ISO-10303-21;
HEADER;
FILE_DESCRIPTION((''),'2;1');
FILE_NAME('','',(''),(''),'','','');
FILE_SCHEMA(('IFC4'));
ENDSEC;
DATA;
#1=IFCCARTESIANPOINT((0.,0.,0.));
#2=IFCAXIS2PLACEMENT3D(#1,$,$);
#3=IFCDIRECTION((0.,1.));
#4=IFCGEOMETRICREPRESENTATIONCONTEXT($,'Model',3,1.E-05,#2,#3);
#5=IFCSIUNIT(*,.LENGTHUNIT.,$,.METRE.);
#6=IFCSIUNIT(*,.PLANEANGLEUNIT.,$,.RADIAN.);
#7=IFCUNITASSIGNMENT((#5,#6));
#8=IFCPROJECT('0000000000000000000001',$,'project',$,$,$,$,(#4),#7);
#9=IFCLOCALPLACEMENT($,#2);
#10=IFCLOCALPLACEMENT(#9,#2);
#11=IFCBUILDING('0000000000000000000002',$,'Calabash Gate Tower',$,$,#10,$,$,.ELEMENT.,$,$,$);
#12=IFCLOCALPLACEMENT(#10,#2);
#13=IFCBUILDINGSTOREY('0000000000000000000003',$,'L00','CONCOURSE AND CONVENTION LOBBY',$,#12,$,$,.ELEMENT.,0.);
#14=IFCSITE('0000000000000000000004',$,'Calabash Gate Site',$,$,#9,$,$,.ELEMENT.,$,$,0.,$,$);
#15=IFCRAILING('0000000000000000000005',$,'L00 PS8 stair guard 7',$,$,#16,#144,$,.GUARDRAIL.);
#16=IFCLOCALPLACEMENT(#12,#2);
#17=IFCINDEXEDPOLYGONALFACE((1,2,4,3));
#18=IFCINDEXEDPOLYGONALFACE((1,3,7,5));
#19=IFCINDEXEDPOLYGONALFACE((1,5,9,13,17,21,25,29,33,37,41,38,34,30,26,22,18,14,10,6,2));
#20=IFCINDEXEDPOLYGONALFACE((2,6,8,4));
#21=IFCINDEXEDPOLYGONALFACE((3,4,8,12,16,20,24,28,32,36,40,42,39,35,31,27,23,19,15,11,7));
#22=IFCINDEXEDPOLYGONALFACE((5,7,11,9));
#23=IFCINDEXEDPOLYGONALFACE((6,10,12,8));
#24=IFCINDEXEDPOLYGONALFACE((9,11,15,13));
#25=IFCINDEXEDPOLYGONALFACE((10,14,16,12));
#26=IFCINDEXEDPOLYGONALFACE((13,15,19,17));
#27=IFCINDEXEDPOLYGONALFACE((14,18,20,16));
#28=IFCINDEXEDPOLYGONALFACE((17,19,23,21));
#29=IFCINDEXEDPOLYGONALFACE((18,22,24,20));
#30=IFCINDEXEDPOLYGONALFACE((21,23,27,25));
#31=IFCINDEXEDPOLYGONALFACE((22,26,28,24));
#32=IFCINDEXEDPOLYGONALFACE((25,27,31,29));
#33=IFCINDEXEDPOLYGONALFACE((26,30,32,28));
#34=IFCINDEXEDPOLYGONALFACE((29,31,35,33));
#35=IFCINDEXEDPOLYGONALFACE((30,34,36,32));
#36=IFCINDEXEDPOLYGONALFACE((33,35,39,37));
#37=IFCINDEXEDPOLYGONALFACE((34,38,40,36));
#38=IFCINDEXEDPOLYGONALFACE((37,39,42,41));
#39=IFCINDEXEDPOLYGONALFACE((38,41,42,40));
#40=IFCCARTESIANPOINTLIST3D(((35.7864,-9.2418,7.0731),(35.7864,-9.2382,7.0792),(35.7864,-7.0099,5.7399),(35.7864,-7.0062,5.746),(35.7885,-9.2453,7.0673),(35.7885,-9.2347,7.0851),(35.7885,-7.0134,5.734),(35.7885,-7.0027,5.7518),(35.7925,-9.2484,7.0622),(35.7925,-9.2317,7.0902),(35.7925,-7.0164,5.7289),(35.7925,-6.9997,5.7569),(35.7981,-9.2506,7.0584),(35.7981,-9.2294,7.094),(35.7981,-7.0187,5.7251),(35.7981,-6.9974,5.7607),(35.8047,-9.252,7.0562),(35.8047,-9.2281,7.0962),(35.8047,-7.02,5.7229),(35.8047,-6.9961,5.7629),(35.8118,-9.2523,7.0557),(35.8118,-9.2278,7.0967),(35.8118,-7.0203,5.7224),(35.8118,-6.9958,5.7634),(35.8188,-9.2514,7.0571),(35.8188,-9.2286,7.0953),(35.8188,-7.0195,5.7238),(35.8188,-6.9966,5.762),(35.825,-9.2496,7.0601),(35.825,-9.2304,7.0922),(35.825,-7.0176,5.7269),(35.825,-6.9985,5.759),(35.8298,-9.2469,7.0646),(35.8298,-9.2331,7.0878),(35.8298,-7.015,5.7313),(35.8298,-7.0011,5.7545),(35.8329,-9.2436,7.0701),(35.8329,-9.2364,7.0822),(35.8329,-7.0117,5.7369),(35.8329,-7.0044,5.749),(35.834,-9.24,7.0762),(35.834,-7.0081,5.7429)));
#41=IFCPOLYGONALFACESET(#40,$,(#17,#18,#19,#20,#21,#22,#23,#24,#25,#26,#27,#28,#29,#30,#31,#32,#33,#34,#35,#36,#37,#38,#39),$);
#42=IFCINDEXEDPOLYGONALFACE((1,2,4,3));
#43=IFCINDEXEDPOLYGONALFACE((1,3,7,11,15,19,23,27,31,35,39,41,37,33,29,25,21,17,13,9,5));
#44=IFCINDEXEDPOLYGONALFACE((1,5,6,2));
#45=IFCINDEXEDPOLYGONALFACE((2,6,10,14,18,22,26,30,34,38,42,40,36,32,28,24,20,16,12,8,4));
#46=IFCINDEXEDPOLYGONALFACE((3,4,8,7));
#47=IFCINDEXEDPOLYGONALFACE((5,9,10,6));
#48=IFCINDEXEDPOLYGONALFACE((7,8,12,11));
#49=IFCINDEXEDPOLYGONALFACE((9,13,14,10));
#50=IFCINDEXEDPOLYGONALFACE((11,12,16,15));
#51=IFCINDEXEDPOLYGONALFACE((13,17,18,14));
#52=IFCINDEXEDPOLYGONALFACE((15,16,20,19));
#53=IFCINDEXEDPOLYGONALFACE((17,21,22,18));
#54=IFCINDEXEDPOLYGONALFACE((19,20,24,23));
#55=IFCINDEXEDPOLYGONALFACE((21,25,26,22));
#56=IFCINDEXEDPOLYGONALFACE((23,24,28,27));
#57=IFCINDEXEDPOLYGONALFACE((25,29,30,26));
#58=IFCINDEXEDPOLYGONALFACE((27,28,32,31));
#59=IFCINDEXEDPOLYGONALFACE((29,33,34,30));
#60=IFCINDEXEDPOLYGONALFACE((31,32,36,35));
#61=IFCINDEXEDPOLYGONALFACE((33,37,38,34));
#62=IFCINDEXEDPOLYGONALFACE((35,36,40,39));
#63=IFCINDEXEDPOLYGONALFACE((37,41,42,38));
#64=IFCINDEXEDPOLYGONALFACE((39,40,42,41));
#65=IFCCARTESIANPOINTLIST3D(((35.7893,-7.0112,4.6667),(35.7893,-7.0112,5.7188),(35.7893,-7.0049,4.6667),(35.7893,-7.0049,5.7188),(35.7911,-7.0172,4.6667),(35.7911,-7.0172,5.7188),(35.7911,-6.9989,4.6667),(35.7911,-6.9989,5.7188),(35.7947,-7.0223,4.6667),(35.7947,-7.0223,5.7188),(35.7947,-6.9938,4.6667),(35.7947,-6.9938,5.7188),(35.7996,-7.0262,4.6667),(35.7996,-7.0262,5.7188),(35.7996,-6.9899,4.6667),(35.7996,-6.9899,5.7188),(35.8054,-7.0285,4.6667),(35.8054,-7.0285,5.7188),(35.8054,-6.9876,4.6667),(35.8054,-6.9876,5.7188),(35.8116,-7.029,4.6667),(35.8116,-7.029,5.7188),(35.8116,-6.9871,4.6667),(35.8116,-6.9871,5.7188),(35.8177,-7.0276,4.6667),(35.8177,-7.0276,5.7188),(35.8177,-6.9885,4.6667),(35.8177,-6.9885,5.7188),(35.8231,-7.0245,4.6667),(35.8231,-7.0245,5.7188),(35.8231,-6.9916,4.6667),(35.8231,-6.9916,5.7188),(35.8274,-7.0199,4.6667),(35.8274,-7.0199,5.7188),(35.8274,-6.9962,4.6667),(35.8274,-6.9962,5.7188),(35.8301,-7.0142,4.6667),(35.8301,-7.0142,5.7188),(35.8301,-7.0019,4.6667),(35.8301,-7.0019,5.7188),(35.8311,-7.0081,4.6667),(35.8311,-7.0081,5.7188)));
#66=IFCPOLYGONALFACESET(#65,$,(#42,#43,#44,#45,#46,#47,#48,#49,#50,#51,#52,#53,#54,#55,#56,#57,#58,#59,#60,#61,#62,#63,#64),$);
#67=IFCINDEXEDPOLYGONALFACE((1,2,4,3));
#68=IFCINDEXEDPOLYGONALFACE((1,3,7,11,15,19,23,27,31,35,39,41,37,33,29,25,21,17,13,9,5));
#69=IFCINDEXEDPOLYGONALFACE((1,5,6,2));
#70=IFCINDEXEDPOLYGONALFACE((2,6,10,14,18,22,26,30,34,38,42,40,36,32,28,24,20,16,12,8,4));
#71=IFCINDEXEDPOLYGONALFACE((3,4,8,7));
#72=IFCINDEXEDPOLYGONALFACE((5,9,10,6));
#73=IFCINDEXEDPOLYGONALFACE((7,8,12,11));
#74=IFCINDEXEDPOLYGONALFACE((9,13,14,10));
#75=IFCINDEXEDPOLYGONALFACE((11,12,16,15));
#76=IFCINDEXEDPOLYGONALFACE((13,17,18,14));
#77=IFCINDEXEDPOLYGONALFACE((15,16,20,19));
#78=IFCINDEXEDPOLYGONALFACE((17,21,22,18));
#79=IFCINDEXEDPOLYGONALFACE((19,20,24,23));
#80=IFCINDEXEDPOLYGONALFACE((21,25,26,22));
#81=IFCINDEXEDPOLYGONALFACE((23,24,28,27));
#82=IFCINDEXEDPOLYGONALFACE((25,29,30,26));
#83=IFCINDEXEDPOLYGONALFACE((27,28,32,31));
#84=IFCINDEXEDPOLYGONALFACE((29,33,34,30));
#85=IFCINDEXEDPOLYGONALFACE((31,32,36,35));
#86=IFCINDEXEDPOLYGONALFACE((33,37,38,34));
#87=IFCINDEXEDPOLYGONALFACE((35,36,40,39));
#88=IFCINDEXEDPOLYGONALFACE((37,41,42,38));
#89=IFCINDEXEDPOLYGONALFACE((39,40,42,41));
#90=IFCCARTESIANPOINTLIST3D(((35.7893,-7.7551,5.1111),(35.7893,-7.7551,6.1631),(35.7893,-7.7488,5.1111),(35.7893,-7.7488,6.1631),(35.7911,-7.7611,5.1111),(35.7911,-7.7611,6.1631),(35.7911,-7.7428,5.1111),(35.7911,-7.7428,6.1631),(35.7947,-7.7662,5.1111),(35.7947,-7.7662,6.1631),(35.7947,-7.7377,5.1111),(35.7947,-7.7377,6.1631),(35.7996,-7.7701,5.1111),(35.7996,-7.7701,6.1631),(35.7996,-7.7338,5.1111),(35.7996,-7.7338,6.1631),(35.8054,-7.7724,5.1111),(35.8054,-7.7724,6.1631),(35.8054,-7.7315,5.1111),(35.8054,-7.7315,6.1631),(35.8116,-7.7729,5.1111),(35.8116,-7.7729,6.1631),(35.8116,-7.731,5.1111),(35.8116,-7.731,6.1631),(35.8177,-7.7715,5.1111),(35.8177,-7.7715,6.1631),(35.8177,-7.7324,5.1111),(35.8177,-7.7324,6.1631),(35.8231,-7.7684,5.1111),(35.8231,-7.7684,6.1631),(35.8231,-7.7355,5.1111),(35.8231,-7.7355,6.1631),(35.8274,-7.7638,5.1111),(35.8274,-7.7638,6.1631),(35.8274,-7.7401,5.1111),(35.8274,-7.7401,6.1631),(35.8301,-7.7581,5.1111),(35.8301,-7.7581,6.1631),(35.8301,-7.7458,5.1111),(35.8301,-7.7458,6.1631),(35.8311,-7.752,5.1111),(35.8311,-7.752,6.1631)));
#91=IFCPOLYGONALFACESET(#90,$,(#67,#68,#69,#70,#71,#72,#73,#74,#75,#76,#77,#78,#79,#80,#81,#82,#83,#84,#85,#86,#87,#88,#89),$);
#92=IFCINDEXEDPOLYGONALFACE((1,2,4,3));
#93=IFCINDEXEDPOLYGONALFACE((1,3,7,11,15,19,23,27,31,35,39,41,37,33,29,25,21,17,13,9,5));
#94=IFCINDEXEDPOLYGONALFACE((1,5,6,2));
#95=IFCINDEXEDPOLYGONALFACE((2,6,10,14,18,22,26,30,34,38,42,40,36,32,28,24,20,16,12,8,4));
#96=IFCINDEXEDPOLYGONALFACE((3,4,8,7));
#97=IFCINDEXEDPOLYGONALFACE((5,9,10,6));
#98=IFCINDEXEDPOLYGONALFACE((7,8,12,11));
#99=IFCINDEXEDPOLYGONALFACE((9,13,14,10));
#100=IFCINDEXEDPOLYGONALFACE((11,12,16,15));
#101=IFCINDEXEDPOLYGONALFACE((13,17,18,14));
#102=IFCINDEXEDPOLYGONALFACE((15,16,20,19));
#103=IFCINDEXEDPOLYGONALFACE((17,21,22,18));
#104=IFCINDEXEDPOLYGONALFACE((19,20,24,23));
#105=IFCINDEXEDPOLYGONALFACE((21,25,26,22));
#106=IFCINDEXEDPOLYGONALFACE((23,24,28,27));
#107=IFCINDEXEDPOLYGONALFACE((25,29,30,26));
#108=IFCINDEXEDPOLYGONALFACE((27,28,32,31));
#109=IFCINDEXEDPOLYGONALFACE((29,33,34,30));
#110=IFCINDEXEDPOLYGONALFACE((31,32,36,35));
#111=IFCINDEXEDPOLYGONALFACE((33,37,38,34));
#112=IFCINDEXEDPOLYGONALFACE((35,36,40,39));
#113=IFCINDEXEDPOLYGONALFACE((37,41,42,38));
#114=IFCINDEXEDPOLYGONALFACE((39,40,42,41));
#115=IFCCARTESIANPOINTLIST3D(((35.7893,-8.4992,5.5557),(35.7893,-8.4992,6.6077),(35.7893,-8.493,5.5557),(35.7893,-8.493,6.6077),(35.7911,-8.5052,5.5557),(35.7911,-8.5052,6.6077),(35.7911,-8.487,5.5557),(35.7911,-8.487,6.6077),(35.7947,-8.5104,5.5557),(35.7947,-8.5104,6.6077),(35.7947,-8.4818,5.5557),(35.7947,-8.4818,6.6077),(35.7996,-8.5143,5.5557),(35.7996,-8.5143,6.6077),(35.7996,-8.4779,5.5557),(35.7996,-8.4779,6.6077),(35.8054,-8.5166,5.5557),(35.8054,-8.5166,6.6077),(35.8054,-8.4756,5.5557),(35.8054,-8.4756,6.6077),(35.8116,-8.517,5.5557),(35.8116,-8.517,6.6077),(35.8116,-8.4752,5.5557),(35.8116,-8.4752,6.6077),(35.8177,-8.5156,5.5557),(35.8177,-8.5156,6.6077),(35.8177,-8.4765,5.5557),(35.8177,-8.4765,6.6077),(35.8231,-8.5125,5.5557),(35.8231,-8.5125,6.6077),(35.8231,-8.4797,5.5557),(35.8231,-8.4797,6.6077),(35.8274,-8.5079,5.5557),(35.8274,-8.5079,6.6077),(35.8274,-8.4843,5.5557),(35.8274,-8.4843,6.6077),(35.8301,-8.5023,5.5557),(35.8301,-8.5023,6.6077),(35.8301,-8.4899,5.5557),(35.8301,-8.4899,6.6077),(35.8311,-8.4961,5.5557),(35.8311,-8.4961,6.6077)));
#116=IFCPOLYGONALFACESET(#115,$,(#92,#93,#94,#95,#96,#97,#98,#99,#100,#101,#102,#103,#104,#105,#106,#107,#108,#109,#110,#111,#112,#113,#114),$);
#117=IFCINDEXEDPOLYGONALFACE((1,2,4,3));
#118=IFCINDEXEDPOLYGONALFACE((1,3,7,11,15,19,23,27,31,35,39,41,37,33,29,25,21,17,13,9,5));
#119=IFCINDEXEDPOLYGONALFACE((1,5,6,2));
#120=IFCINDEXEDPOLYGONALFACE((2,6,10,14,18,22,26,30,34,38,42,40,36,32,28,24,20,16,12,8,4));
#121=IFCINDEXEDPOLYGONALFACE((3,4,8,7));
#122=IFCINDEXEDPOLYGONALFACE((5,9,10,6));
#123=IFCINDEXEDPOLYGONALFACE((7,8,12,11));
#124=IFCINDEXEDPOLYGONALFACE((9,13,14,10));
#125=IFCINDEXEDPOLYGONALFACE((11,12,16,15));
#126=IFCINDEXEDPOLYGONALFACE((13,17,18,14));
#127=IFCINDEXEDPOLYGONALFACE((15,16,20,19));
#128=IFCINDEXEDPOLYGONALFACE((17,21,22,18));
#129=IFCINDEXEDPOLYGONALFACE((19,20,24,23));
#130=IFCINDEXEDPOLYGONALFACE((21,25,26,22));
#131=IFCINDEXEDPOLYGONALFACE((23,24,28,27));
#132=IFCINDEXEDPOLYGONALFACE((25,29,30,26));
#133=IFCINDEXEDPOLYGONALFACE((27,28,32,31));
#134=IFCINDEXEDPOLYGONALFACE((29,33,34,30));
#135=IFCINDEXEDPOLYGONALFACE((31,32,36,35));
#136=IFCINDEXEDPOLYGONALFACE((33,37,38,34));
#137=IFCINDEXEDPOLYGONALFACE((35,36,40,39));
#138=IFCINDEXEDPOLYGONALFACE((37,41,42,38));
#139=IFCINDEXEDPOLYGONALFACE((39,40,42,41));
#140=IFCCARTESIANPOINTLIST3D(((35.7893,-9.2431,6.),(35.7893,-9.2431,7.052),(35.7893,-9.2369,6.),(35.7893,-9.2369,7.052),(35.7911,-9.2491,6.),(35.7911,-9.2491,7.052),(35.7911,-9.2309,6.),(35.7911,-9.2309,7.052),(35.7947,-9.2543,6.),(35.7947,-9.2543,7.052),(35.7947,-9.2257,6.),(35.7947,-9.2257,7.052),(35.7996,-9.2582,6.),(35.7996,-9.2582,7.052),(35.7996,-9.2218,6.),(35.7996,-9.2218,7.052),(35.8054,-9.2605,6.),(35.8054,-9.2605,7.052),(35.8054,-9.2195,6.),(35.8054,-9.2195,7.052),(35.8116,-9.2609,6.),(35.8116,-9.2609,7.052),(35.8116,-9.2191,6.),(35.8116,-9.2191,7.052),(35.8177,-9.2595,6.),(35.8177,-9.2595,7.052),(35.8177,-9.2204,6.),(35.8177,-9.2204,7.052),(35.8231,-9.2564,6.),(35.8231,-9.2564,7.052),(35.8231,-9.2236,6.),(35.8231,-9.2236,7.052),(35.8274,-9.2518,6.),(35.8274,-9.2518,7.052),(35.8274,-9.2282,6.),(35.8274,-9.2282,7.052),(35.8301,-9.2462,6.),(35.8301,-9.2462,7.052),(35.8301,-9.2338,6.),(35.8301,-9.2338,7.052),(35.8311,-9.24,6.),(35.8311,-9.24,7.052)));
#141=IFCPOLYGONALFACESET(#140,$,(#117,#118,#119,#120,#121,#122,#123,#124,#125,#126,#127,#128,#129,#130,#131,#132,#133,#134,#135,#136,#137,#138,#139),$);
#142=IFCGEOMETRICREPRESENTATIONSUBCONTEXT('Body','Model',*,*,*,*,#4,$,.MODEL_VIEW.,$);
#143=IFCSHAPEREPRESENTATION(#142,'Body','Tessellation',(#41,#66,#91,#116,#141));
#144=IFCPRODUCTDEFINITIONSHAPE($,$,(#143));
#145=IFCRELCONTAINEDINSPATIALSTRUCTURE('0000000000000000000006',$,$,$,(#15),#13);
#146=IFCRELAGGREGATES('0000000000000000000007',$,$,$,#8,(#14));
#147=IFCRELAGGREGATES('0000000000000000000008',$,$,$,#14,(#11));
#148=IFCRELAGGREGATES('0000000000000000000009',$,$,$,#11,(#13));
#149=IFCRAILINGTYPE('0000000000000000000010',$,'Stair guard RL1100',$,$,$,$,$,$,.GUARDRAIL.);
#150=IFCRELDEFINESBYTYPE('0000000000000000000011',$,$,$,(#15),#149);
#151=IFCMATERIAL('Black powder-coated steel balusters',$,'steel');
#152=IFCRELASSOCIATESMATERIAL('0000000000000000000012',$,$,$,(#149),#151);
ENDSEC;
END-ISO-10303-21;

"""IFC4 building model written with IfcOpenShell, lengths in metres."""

from ifc_helpers import new_model, si_unit, direction, frame, origin, origin_2d, place, context, subcontext, project, spatial, circle, extrude, material, type_object, element, save


model = new_model("IFC4")

# Units and contexts
model_context = context("Model", 3, precision=1e-05, world=origin(), true_north=direction((0.0, 1.0)))
body_context = subcontext(model_context, "Body", "Model", "MODEL_VIEW")
ifc_project = project(units=[si_unit("LENGTHUNIT", "METRE"), si_unit("PLANEANGLEUNIT", "RADIAN")], contexts=[model_context])

# Site, building, storey
site_placement = place(None, origin())
site = spatial("IfcSite", under=ifc_project, at=site_placement, Name="Calabash Gate Site", CompositionType="ELEMENT", RefElevation=0.0)
building_placement = place(site_placement, origin())
building = spatial("IfcBuilding", under=site, at=building_placement, Name="Calabash Gate Tower", CompositionType="ELEMENT")
storey_placement = place(building_placement, origin())
storey = spatial("IfcBuildingStorey", under=building, at=storey_placement, Name="L00", Description="CONCOURSE AND CONVENTION LOBBY", CompositionType="ELEMENT", Elevation=0.0)

# Railing
ifc_material_1 = material(Name="Black powder-coated steel balusters", Category="steel")
railing_type_1 = type_object("IfcRailingType", Name="Stair guard RL1100", PredefinedType="GUARDRAIL", material=ifc_material_1)
railing_1_placement = place(storey_placement, frame((35.8101, -7.0081, 4.6667)))
element("IfcRailing", 1, at=railing_1_placement, inside=storey, type_object=railing_type_1, Name="L00 PS8 stair guard 7", PredefinedType="GUARDRAIL", context=body_context, shape_type="SweptSolid", body=[
    extrude(circle(Radius=0.0239, at=origin_2d()), frame((0.0, 0.0, 1.0762), z_axis=(0.0, -0.858494, 0.512824), x_axis=(1.0, 0.0, 0.0)), (0.0, 0.0, 1.0), 2.5999),
    extrude(circle(Radius=0.021, at=origin_2d()), origin(), (0.0, 0.0, 1.0), 1.052),
    extrude(circle(Radius=0.021, at=origin_2d()), frame((0.0, -0.7439, 0.4443)), (0.0, 0.0, 1.0), 1.052),
    extrude(circle(Radius=0.021, at=origin_2d()), frame((0.0, -1.488, 0.8889)), (0.0, 0.0, 1.0), 1.052),
    extrude(circle(Radius=0.021, at=origin_2d()), frame((0.0, -2.2319, 1.3333)), (0.0, 0.0, 1.0), 1.052),
])

save(model, "model.ifc")
